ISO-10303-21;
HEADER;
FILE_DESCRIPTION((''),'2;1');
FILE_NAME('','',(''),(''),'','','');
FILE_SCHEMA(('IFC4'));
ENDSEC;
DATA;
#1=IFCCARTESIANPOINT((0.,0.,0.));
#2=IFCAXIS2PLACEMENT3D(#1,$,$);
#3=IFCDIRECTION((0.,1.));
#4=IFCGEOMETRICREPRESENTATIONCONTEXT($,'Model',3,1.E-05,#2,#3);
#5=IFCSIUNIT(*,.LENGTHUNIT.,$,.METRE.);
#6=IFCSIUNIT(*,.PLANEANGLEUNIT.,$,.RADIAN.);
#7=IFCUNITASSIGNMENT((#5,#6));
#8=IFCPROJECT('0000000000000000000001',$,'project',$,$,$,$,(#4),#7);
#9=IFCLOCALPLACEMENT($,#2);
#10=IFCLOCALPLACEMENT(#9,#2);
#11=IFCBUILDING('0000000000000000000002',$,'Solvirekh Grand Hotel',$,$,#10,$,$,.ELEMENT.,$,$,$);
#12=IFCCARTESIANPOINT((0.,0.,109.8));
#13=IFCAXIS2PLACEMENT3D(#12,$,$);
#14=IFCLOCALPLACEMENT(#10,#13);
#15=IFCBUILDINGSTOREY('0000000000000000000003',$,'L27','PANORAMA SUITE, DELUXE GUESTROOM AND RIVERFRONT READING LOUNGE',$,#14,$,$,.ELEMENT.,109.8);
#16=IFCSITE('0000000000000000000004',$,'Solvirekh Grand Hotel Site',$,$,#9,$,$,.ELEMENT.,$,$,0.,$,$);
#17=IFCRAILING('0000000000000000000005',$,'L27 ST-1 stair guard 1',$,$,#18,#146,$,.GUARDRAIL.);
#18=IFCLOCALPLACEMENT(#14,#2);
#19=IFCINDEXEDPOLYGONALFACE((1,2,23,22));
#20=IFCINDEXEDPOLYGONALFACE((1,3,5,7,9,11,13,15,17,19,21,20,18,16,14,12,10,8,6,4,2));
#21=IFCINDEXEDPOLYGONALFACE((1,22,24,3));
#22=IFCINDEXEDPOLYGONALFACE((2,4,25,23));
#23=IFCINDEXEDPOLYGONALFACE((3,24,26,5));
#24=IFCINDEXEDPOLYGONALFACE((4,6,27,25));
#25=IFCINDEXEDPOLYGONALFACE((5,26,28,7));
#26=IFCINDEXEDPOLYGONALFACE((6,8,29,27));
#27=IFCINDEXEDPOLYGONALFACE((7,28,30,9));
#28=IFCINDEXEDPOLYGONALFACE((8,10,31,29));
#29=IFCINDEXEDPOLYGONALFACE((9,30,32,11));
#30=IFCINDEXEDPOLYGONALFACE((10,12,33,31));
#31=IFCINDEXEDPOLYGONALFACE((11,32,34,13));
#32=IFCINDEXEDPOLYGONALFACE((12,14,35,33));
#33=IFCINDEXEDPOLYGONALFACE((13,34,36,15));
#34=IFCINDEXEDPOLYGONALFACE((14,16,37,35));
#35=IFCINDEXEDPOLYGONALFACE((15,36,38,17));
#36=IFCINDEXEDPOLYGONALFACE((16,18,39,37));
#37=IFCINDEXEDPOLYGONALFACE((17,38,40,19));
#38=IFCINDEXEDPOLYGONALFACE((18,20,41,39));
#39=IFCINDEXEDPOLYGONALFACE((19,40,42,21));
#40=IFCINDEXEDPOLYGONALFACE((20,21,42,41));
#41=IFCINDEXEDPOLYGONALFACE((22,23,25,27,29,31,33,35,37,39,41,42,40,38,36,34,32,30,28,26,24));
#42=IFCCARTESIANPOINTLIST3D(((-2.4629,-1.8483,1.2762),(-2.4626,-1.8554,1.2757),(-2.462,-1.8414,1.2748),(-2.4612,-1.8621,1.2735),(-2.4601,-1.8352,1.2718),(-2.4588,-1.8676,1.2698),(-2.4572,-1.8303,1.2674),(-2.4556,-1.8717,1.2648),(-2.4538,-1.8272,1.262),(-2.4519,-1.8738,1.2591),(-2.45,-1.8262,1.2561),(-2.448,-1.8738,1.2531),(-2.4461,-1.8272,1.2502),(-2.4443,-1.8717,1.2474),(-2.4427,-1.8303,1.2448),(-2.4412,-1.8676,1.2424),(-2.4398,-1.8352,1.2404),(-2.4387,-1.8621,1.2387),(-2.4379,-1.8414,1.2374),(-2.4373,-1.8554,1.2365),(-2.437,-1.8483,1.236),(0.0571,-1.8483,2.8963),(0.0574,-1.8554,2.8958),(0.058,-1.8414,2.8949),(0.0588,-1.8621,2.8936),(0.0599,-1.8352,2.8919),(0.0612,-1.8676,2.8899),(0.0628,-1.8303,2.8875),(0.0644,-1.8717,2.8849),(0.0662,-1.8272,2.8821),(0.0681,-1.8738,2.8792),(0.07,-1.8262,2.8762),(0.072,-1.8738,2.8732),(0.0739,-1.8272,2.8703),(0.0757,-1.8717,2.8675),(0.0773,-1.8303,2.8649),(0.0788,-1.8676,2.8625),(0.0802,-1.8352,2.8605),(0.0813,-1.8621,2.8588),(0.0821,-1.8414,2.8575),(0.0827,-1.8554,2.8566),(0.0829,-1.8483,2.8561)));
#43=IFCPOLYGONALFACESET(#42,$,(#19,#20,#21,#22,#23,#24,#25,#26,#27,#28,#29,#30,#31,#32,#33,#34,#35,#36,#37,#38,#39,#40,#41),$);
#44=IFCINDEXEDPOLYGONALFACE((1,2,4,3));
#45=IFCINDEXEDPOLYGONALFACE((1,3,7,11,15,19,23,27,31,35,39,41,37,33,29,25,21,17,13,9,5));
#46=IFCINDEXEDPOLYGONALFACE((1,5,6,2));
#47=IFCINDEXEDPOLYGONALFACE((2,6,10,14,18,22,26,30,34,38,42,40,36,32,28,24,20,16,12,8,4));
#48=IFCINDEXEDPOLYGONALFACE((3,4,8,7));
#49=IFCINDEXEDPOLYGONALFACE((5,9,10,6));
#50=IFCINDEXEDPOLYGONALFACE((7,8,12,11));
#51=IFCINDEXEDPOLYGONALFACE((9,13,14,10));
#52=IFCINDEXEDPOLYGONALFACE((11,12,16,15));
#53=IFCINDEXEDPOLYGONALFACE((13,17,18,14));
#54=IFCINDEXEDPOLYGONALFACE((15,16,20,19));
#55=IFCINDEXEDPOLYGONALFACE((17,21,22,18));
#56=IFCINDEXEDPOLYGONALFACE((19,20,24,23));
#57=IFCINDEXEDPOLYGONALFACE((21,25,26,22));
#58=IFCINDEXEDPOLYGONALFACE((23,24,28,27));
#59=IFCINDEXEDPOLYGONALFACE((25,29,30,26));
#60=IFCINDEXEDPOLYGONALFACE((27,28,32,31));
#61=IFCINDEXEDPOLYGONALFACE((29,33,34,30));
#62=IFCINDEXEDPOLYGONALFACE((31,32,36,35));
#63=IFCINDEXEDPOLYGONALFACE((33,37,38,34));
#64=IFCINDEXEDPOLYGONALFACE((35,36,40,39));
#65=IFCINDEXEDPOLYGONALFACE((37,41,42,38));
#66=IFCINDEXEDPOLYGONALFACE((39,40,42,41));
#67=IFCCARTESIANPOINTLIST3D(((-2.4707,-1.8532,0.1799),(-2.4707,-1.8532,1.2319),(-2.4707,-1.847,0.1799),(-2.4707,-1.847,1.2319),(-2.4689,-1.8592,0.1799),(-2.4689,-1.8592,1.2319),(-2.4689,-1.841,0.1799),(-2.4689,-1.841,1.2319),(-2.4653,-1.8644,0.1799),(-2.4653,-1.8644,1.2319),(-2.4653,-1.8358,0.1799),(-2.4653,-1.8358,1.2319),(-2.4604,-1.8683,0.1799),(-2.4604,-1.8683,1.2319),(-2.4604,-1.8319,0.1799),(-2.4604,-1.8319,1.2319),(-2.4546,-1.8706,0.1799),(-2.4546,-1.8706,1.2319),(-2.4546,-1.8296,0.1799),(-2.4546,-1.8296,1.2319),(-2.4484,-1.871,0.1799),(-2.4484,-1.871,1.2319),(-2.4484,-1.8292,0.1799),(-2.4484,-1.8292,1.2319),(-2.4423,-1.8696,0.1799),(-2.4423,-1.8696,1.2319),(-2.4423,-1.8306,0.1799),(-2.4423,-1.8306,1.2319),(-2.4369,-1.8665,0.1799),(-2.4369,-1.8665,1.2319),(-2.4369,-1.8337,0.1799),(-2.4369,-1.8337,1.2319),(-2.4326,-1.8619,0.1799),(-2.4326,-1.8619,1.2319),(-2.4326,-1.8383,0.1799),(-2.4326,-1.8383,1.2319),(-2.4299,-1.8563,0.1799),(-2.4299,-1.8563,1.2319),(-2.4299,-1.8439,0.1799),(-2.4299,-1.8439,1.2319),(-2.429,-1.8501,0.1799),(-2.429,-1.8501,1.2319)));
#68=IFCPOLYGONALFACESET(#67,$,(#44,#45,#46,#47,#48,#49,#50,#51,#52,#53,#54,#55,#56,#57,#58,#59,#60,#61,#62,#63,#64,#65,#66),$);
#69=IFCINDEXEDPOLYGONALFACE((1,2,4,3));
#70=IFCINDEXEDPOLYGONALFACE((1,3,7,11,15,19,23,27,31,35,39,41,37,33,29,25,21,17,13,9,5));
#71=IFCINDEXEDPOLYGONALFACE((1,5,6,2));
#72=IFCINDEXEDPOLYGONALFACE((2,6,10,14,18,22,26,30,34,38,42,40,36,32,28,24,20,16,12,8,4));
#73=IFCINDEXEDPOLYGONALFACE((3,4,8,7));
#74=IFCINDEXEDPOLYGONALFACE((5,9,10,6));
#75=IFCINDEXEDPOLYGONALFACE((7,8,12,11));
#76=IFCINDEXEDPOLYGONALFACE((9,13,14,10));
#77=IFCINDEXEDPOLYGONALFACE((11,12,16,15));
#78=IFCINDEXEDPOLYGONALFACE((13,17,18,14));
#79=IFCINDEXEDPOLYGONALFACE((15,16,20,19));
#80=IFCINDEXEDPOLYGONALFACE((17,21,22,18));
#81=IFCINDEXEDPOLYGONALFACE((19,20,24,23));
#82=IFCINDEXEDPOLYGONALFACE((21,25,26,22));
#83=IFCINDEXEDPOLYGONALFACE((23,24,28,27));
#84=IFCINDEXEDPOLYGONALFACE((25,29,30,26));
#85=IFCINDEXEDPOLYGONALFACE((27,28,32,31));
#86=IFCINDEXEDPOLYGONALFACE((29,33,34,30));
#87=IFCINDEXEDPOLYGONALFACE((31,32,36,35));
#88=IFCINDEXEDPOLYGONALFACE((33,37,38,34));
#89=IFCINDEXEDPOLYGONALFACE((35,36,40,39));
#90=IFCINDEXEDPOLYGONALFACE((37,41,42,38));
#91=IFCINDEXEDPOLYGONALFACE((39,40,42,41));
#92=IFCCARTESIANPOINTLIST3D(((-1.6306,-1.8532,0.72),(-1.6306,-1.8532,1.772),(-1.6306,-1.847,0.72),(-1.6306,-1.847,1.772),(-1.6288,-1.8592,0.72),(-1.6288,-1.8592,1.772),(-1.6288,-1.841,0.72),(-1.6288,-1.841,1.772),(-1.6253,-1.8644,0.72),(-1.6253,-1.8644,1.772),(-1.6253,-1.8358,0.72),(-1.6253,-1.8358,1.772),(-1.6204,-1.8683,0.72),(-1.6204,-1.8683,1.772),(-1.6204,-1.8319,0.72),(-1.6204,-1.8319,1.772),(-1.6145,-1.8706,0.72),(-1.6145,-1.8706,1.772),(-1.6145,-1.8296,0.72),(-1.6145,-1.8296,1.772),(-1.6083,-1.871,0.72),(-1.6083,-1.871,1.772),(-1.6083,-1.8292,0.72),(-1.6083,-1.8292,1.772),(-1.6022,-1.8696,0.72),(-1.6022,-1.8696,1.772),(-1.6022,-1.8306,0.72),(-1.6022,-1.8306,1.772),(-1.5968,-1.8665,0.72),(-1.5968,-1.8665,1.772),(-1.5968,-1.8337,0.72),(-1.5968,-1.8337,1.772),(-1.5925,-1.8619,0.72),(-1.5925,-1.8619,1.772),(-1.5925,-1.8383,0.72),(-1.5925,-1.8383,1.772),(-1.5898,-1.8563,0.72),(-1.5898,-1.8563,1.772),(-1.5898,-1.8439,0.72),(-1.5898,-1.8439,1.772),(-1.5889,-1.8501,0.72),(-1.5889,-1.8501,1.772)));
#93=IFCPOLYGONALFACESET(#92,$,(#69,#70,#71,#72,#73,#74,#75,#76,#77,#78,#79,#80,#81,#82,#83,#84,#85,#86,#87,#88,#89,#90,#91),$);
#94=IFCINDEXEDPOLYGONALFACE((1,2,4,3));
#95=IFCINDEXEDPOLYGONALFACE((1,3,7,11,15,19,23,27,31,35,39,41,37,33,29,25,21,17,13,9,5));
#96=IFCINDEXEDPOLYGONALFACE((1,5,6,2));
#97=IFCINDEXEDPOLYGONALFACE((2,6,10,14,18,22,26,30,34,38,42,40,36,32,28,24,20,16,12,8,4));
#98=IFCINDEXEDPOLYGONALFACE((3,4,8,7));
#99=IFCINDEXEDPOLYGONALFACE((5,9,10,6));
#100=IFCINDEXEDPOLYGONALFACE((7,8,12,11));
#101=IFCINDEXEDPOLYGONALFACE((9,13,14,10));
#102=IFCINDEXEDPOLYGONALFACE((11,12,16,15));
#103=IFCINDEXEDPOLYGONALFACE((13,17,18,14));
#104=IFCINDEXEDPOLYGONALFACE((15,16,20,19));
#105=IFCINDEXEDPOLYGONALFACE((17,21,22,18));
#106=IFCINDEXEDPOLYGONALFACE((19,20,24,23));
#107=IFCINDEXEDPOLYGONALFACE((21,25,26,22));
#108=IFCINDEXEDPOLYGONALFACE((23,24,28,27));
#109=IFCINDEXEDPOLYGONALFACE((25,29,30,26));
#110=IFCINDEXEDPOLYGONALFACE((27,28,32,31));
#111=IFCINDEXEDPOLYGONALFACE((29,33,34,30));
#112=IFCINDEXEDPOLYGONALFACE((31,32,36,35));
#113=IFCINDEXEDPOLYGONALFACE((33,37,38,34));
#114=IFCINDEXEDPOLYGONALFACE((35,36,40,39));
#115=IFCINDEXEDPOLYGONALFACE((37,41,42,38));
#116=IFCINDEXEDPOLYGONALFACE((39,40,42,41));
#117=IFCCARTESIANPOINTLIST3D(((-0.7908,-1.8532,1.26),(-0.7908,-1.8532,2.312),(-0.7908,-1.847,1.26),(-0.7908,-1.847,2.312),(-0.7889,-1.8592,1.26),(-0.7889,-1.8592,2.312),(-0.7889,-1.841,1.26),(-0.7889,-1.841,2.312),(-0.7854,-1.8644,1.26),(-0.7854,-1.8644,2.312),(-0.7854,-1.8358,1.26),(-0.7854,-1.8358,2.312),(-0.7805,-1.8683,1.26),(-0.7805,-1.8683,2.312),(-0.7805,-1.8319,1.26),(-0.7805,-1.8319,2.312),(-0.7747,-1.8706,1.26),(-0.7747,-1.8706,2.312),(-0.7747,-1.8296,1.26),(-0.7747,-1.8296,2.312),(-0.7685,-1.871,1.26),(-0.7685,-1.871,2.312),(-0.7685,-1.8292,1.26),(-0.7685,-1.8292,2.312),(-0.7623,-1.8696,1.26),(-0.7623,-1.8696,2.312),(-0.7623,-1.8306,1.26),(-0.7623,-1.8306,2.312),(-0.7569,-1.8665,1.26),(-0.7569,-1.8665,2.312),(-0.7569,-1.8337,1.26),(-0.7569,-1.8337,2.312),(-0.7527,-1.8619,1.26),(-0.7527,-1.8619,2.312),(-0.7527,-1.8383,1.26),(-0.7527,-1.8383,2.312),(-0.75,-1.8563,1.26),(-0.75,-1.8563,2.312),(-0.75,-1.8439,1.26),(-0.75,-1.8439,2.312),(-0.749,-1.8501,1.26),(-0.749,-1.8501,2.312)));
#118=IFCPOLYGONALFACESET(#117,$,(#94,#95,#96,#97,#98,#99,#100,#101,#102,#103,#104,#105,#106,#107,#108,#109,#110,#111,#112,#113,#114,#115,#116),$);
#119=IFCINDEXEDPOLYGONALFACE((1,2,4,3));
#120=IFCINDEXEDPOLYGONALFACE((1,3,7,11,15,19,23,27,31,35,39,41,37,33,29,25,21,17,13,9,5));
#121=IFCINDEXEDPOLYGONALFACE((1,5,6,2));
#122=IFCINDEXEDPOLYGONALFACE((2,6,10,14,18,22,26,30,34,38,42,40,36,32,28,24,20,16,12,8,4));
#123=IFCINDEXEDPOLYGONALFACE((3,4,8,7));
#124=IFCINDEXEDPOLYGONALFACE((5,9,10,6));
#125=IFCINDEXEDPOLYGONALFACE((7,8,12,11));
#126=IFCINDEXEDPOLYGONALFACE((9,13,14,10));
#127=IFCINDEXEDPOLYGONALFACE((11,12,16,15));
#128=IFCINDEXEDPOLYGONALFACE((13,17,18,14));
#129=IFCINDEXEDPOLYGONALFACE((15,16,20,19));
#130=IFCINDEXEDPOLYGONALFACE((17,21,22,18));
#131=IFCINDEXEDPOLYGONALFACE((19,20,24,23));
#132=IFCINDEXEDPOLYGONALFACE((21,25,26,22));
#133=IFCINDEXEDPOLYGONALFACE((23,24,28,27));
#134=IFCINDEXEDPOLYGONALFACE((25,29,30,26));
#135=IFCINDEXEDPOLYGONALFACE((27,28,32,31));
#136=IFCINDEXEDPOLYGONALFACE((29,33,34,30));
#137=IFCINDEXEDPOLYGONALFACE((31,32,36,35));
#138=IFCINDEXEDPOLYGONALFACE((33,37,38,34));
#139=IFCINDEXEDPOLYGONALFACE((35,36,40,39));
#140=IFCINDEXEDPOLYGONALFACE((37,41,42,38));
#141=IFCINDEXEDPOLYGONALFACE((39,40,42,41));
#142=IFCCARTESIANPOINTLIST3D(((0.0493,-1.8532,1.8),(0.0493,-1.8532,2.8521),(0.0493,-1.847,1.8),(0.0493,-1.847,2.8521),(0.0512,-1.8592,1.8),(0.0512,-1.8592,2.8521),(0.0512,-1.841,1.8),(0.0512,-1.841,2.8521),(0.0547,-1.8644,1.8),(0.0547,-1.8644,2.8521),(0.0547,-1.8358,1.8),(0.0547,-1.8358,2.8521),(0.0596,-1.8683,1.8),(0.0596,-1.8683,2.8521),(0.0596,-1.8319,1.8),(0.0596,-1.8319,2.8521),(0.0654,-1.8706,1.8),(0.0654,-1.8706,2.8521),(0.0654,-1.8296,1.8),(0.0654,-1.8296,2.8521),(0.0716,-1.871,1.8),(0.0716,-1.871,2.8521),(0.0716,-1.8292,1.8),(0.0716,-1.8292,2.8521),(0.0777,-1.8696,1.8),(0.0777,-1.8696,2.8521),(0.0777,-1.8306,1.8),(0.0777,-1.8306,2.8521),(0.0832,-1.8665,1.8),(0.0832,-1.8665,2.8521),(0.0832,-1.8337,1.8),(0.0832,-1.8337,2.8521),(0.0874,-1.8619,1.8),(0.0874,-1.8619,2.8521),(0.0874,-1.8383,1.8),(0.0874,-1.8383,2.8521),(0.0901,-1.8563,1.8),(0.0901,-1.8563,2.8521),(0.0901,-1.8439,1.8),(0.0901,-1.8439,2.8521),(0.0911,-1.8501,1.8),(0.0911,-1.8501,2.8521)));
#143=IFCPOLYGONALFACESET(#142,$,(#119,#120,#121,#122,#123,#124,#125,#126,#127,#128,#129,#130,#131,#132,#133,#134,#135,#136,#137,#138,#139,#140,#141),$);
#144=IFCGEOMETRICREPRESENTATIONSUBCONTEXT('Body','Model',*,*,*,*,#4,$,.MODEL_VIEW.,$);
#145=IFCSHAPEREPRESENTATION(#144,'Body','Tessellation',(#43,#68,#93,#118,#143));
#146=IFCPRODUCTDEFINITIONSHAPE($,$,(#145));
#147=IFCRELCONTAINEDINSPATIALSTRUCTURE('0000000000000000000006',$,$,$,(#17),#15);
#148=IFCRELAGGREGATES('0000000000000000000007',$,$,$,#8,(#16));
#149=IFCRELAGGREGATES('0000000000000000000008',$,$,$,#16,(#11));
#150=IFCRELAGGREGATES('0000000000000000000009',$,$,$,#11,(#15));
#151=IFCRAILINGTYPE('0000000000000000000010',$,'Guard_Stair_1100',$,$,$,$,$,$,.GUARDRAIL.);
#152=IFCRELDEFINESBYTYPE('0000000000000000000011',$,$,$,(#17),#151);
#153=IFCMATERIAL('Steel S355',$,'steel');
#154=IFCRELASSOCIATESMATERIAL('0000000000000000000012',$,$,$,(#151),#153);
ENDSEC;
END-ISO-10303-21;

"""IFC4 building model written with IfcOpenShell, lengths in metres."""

from ifc_helpers import new_model, si_unit, direction, frame, origin, origin_2d, place, context, subcontext, project, spatial, circle, extrude, material, type_object, element, save


model = new_model("IFC4")

# Units and contexts
model_context = context("Model", 3, precision=1e-05, world=origin(), true_north=direction((0.0, 1.0)))
body_context = subcontext(model_context, "Body", "Model", "MODEL_VIEW")
ifc_project = project(units=[si_unit("LENGTHUNIT", "METRE"), si_unit("PLANEANGLEUNIT", "RADIAN")], contexts=[model_context])

# Site, building, storey
site_placement = place(None, origin())
site = spatial("IfcSite", under=ifc_project, at=site_placement, Name="Solvirekh Grand Hotel Site", CompositionType="ELEMENT", RefElevation=0.0)
building_placement = place(site_placement, origin())
building = spatial("IfcBuilding", under=site, at=building_placement, Name="Solvirekh Grand Hotel", CompositionType="ELEMENT")
storey_placement = place(building_placement, frame((0.0, 0.0, 109.8)))
storey = spatial("IfcBuildingStorey", under=building, at=storey_placement, Name="L27", Description="PANORAMA SUITE, DELUXE GUESTROOM AND RIVERFRONT READING LOUNGE", CompositionType="ELEMENT", Elevation=109.8)

# Shared definitions
ifc_material_1 = material(Name="Steel S355", Category="steel")

# Railing
railing_type_1 = type_object("IfcRailingType", Name="Guard_Stair_1100", PredefinedType="GUARDRAIL", material=ifc_material_1)
railing_1_placement = place(storey_placement, frame((-2.45, -1.8501, 0.1799)))
element("IfcRailing", 1, at=railing_1_placement, inside=storey, type_object=railing_type_1, Name="L27 ST-1 stair guard 1", PredefinedType="GUARDRAIL", context=body_context, shape_type="SweptSolid", body=[
    extrude(circle(Radius=0.0239, at=origin_2d()), frame((0.0, 0.0, 1.0762), z_axis=(0.841163, 0.0, 0.540782), x_axis=(0.0, 1.0, 0.0)), (0.0, 0.0, 1.0), 2.9958),
    extrude(circle(Radius=0.021, at=origin_2d()), origin(), (0.0, 0.0, 1.0), 1.052),
    extrude(circle(Radius=0.021, at=origin_2d()), frame((0.8401, 0.0, 0.54)), (0.0, 0.0, 1.0), 1.052),
    extrude(circle(Radius=0.021, at=origin_2d()), frame((1.6799, 0.0, 1.0801)), (0.0, 0.0, 1.0), 1.052),
    extrude(circle(Radius=0.021, at=origin_2d()), frame((2.52, 0.0, 1.6201)), (0.0, 0.0, 1.0), 1.052),
])

save(model, "model.ifc")
